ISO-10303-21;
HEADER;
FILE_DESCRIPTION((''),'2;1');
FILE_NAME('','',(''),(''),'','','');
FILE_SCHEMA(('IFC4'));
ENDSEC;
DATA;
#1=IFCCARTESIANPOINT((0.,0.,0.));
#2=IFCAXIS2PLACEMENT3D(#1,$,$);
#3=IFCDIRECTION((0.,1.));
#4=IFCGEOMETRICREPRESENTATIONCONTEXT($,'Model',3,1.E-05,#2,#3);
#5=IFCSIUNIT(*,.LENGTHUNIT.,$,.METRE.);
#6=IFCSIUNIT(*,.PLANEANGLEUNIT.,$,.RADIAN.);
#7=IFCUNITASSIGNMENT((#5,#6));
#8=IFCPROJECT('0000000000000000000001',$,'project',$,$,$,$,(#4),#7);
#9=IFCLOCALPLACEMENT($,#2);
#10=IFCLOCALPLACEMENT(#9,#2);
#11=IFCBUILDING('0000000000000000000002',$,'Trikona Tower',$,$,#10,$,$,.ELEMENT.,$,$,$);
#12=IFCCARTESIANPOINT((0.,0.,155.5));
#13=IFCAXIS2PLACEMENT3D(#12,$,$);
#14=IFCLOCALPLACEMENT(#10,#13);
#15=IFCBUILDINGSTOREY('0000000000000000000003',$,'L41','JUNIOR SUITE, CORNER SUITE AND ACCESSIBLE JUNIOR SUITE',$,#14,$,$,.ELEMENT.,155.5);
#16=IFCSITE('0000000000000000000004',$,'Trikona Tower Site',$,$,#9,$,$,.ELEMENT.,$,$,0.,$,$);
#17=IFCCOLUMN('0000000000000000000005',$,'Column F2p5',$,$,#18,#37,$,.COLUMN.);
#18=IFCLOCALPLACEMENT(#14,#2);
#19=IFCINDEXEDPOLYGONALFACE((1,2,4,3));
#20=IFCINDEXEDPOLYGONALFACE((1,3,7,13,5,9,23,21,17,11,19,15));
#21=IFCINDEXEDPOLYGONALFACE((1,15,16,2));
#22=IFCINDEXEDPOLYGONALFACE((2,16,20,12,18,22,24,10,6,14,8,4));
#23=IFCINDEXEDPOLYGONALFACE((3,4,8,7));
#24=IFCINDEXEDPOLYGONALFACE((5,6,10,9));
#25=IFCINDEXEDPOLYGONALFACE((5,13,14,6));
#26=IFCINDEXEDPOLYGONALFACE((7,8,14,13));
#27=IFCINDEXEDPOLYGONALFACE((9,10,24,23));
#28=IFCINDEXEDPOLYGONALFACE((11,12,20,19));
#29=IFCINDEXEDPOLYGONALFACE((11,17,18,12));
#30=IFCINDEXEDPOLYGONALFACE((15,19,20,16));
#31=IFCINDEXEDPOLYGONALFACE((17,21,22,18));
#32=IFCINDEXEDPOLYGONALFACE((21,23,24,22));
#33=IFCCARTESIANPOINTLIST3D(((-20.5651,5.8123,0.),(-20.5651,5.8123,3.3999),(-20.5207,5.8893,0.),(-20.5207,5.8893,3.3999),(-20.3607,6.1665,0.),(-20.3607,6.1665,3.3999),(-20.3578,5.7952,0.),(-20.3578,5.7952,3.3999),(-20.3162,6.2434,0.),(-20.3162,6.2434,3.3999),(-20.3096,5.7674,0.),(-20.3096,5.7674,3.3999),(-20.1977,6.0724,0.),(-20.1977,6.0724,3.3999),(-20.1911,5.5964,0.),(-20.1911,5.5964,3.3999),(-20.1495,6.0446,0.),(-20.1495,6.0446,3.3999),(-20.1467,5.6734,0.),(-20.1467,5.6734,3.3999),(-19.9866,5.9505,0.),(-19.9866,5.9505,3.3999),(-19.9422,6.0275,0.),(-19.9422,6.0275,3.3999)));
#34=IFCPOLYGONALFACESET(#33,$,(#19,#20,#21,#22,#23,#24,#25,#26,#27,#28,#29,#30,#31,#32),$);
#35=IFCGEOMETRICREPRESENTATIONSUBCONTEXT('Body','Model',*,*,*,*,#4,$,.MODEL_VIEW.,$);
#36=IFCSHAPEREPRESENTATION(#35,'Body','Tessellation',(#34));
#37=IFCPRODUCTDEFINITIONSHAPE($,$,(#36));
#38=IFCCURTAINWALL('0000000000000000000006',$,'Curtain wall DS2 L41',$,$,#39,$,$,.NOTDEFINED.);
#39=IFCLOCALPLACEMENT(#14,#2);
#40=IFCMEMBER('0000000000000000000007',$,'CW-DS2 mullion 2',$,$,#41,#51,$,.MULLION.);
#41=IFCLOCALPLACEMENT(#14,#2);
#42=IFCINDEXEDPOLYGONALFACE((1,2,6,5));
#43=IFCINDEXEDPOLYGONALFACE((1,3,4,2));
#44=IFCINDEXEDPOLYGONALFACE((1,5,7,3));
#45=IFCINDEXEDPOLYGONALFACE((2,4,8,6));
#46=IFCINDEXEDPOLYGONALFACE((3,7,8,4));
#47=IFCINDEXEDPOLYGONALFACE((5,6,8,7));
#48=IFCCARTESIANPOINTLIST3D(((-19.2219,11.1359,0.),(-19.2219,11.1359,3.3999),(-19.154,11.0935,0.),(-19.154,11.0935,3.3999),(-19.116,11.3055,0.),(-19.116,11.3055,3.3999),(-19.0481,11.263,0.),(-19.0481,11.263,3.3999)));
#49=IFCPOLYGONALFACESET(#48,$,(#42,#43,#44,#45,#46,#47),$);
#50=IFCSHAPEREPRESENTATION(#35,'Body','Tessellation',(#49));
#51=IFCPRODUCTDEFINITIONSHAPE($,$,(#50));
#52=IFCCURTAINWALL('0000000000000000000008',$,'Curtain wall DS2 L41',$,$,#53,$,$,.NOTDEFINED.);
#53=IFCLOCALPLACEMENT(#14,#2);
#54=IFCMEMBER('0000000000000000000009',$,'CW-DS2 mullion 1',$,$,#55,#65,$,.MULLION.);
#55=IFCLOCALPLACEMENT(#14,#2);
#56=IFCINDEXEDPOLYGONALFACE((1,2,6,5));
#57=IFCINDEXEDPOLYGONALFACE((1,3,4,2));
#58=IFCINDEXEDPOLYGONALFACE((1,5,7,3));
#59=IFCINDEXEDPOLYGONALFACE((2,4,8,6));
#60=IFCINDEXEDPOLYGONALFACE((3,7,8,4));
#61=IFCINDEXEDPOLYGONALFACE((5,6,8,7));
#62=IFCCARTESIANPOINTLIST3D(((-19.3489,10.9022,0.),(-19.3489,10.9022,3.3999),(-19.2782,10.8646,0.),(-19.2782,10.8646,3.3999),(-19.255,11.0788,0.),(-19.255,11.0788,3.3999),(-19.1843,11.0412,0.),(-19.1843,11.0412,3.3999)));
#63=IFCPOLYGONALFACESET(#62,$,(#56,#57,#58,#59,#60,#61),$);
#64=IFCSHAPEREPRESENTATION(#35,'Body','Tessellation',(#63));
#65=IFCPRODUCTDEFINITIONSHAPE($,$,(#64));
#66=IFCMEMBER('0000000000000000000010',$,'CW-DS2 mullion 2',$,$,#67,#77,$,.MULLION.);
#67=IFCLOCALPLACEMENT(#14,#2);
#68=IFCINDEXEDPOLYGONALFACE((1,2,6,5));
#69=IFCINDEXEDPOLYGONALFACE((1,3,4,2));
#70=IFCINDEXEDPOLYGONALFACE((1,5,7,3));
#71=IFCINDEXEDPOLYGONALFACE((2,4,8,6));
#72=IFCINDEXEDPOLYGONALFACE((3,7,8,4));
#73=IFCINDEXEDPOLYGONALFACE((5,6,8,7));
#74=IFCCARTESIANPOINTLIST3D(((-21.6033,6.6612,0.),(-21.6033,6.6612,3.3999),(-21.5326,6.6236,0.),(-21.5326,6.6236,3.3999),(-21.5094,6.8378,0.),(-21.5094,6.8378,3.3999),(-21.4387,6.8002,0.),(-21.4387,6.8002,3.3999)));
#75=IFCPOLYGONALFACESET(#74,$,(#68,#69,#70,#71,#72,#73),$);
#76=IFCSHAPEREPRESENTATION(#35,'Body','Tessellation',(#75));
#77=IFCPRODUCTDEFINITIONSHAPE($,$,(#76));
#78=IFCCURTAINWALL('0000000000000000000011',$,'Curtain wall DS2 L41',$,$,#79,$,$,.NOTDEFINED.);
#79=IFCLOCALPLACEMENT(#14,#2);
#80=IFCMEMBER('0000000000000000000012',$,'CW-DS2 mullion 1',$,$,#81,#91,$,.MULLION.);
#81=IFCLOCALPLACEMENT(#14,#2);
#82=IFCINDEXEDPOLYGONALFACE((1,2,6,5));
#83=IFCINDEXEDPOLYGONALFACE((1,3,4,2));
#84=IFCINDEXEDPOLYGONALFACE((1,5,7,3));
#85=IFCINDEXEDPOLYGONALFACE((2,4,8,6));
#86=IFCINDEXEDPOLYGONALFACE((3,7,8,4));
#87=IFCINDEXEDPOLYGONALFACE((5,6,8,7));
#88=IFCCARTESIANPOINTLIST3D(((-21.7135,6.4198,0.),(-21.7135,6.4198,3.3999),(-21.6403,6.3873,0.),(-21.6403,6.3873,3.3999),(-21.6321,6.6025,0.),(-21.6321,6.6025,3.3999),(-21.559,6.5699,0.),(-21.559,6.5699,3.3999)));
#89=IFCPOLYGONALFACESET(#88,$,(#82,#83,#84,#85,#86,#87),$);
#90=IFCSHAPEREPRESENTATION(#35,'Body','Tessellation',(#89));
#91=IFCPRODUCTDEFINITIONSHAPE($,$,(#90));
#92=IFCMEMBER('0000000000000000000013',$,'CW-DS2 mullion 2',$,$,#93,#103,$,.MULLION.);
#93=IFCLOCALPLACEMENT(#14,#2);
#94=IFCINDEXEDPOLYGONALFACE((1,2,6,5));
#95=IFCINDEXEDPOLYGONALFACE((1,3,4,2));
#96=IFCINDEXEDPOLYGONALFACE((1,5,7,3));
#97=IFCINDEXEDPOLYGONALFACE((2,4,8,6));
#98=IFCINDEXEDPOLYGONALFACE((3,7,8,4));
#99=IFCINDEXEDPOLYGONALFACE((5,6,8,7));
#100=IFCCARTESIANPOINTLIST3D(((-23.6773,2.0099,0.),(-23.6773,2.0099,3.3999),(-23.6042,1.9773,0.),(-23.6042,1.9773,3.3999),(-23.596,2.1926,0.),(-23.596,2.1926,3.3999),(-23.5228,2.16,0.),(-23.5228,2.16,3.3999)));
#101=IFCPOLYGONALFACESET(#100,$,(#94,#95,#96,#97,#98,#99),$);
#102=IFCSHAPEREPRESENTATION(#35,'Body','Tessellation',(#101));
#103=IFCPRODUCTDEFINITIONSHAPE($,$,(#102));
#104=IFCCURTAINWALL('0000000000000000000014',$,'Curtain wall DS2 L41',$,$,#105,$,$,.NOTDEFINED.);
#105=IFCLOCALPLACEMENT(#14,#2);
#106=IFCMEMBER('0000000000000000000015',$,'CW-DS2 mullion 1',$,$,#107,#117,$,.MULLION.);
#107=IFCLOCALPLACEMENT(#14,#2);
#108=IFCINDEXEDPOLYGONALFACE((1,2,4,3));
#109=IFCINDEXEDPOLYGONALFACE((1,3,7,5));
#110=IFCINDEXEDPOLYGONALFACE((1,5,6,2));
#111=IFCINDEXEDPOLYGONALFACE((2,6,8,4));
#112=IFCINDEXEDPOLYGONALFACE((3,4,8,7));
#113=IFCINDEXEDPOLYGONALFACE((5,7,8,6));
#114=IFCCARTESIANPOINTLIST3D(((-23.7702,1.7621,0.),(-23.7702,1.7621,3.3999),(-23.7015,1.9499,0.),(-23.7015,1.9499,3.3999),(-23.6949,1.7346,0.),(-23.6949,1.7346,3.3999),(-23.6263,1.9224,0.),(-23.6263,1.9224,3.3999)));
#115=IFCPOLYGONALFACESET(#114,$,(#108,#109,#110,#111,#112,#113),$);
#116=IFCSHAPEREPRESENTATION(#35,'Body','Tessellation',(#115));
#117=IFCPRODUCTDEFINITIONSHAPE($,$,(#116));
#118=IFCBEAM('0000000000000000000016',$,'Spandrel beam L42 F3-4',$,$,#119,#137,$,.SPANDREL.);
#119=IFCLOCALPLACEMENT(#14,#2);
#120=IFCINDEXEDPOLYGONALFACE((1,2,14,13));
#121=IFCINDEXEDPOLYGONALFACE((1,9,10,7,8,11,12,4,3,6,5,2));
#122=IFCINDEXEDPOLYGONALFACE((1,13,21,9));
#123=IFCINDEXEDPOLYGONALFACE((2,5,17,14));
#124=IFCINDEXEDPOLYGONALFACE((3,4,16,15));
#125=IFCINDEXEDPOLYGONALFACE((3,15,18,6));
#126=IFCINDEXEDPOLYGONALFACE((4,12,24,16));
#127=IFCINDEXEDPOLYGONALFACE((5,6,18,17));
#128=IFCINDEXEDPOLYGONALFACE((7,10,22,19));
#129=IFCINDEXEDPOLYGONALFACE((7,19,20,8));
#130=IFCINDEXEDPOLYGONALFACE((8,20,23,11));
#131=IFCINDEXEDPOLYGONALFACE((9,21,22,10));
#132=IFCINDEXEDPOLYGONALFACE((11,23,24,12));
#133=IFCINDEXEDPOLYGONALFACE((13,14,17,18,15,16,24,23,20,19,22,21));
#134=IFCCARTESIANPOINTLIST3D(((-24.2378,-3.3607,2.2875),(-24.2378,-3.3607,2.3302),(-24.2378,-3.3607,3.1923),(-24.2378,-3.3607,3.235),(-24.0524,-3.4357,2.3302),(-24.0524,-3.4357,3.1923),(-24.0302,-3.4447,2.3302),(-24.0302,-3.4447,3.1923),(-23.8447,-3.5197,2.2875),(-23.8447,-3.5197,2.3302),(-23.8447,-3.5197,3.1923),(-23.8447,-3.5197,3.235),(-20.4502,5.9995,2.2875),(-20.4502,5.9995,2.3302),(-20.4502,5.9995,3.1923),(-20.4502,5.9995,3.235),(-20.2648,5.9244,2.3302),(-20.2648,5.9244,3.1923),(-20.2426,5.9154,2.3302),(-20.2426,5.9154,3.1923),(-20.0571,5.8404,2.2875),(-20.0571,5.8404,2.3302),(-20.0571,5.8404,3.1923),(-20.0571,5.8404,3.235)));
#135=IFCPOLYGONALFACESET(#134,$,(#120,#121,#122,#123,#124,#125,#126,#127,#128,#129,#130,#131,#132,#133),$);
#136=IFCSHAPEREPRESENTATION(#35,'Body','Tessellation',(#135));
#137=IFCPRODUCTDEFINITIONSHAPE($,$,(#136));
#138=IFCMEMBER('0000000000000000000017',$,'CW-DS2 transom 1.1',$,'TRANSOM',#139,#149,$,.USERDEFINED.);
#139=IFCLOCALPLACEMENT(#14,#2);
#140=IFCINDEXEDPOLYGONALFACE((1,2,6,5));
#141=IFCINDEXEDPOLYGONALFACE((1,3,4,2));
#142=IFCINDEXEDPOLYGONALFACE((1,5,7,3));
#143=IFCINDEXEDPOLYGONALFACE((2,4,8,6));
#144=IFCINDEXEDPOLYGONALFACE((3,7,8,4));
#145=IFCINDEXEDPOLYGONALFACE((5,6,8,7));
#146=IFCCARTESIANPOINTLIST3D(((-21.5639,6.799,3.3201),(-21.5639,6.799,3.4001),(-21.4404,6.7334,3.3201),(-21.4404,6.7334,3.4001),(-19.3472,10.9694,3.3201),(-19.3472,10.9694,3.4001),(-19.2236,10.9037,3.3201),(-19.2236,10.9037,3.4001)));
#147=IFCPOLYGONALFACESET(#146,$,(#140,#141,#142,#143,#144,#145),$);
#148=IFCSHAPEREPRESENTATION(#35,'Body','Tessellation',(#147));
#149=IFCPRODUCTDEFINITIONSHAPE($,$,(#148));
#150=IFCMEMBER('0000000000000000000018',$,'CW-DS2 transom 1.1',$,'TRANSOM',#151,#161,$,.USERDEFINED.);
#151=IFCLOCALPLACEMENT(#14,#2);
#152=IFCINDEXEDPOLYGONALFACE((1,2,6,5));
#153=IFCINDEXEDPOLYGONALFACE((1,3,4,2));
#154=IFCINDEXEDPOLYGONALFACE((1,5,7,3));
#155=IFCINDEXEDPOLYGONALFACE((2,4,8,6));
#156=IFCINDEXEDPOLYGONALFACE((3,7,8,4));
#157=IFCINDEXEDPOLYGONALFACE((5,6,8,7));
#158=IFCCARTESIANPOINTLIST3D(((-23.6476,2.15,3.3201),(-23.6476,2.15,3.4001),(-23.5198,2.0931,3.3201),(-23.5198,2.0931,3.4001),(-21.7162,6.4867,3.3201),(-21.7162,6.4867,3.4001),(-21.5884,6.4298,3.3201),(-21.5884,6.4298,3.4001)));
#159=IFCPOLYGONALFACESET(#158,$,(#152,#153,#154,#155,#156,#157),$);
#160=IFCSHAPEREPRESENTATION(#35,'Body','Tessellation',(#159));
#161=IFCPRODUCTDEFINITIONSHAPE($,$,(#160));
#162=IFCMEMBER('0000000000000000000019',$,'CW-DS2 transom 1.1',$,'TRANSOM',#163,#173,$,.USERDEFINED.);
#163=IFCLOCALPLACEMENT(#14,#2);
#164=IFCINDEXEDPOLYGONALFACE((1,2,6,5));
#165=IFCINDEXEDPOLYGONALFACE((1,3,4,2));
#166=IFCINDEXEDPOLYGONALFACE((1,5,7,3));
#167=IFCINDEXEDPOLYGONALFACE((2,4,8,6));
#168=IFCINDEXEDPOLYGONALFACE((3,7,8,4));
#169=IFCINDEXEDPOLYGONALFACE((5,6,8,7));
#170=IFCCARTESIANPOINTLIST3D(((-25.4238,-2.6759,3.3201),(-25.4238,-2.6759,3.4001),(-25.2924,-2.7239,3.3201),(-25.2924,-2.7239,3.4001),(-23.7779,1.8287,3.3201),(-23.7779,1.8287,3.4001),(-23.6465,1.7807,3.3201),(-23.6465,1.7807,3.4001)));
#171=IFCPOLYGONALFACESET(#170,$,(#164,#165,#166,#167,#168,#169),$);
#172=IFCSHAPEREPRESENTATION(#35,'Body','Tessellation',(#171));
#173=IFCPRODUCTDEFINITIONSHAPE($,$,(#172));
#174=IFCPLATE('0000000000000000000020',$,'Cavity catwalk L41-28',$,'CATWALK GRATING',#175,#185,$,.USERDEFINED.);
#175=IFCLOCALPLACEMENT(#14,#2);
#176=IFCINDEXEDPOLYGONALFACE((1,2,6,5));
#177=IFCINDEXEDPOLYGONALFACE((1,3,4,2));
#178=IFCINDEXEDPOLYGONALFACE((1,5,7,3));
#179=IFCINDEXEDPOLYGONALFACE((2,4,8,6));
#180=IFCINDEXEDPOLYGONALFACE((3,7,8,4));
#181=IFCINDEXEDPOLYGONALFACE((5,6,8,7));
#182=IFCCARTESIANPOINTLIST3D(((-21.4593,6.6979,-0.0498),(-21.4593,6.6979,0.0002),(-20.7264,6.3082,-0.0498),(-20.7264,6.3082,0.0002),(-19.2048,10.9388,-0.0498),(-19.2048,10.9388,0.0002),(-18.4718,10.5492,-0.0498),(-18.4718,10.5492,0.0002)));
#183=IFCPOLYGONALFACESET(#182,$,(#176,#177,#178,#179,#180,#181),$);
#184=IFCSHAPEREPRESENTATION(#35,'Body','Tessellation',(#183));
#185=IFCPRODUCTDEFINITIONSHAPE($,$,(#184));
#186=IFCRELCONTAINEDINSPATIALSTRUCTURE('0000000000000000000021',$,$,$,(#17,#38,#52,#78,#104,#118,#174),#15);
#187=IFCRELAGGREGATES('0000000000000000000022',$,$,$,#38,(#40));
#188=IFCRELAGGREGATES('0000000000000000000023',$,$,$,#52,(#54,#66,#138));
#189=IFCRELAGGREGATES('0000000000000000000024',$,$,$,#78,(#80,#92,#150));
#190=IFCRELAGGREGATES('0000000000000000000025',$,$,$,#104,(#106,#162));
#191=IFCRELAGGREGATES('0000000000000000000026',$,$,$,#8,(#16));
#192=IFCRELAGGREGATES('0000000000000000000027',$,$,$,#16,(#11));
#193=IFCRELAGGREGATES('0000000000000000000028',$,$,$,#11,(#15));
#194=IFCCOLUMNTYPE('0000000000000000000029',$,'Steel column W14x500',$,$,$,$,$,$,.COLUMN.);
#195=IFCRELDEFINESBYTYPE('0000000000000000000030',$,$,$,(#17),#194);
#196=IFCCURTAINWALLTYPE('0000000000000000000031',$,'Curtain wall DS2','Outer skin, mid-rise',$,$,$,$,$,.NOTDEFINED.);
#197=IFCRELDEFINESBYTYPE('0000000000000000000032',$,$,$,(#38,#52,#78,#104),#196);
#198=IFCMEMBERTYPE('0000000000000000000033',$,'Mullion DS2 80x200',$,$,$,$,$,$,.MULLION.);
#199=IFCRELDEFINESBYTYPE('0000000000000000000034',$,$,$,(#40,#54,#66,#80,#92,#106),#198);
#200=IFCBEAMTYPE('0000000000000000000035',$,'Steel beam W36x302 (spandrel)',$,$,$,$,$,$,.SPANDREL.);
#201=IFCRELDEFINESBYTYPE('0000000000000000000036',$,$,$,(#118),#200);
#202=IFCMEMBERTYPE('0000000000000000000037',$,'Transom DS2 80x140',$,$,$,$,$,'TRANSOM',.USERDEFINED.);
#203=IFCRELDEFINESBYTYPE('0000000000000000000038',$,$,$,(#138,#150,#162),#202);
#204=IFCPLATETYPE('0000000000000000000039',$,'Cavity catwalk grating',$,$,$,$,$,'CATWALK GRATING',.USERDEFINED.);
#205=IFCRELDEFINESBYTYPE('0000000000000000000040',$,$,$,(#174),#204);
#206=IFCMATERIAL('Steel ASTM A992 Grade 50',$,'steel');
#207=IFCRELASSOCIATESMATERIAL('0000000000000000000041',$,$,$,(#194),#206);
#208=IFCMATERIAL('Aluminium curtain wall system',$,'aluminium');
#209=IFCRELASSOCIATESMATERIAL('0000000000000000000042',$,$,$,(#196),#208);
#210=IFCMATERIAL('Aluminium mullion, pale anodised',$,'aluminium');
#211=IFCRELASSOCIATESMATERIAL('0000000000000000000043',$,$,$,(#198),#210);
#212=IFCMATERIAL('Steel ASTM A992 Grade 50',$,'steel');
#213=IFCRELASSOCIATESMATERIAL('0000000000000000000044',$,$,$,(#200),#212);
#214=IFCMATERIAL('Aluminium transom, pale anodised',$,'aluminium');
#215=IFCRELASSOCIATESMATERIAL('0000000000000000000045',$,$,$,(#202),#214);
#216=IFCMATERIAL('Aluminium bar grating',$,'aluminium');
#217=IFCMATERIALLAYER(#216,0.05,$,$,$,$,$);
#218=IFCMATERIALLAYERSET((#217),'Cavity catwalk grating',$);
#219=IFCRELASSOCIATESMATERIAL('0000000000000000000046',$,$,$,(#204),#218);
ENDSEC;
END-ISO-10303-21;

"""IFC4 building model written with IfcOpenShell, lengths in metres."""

from ifc_helpers import new_model, si_unit, direction, frame, origin, origin_2d, place, context, subcontext, project, spatial, rectangle, i_section, extrude, material, layer, layer_set, material_profile, profile_set, type_object, element, aggregate, save


model = new_model("IFC4")

# Units and contexts
model_context = context("Model", 3, precision=1e-05, world=origin(), true_north=direction((0.0, 1.0)))
body_context = subcontext(model_context, "Body", "Model", "MODEL_VIEW")
ifc_project = project(units=[si_unit("LENGTHUNIT", "METRE"), si_unit("PLANEANGLEUNIT", "RADIAN")], contexts=[model_context])

# Site, building, storey
site_placement = place(None, origin())
site = spatial("IfcSite", under=ifc_project, at=site_placement, Name="Trikona Tower Site", CompositionType="ELEMENT", RefElevation=0.0)
building_placement = place(site_placement, origin())
building = spatial("IfcBuilding", under=site, at=building_placement, Name="Trikona Tower", CompositionType="ELEMENT")
storey_placement = place(building_placement, frame((0.0, 0.0, 155.5)))
storey = spatial("IfcBuildingStorey", under=building, at=storey_placement, Name="L41", Description="JUNIOR SUITE, CORNER SUITE AND ACCESSIBLE JUNIOR SUITE", CompositionType="ELEMENT", Elevation=155.5)

# Column
ifc_material_1 = material(Name="Steel ASTM A992 Grade 50", Category="steel")
ifc_material_profile_1 = material_profile(ifc_material_1, i_section(OverallWidth=0.4319, OverallDepth=0.4978, WebThickness=0.0557, FlangeThickness=0.0889, at=origin_2d()), Name="W14X500")
ifc_profile_set_1 = profile_set([ifc_material_profile_1], Name="Steel ASTM A992 Grade 50")
column_type = type_object("IfcColumnType", Name="Steel column W14x500", PredefinedType="COLUMN", material=ifc_profile_set_1)
column_placement = place(storey_placement, frame((-20.2537, 5.9199, 0.0), z_axis=(0.0, 0.0, 1.0), x_axis=(-0.866025, 0.5, 0.0)))
element("IfcColumn", 1, at=column_placement, inside=storey, type_object=column_type, Name="Column F2p5", PredefinedType="COLUMN", context=body_context, shape_type="SweptSolid", body=[
    extrude(i_section(OverallWidth=0.4319, OverallDepth=0.4978, WebThickness=0.0557, FlangeThickness=0.0889, at=origin_2d()), origin(), (0.0, 0.0, 1.0), 3.3999),
])

# Curtain wall, member
ifc_material_2 = material(Name="Aluminium curtain wall system", Category="aluminium")
curtain_wall_type = type_object("IfcCurtainWallType", Name="Curtain wall DS2", Description="Outer skin, mid-rise", PredefinedType="NOTDEFINED", material=ifc_material_2)
curtain_wall_1_placement = place(storey_placement, origin())
curtain_wall_1 = element("IfcCurtainWall", 2, at=curtain_wall_1_placement, inside=storey, type_object=curtain_wall_type, Name="Curtain wall DS2 L41", PredefinedType="NOTDEFINED")
ifc_material_3 = material(Name="Aluminium mullion, pale anodised", Category="aluminium")
ifc_material_profile_2 = material_profile(ifc_material_3, rectangle(XDim=0.0801, YDim=0.2, at=origin_2d()), Name="MUL-DS2")
ifc_profile_set_2 = profile_set([ifc_material_profile_2], Name="Aluminium mullion, pale anodised")
member_type_1 = type_object("IfcMemberType", Name="Mullion DS2 80x200", PredefinedType="MULLION", material=ifc_profile_set_2)
member_1_placement = place(storey_placement, frame((-19.135, 11.1995, 0.0), z_axis=(0.0, 0.0, 1.0), x_axis=(0.847998, -0.529999, 0.0)))
member_1 = element("IfcMember", 3, at=member_1_placement, type_object=member_type_1, Name="CW-DS2 mullion 2", PredefinedType="MULLION", context=body_context, shape_type="SweptSolid", body=[
    extrude(rectangle(XDim=0.0801, YDim=0.2, at=origin_2d()), origin(), (0.0, 0.0, 1.0), 3.3999),
])
aggregate(curtain_wall_1, [member_1])

# Curtain walls, members
curtain_wall_2_placement = place(storey_placement, origin())
curtain_wall_2 = element("IfcCurtainWall", 4, at=curtain_wall_2_placement, inside=storey, type_object=curtain_wall_type, Name="Curtain wall DS2 L41", PredefinedType="NOTDEFINED")
member_2_placement = place(storey_placement, frame((-19.2666, 10.9717, 0.0), z_axis=(0.0, 0.0, 1.0), x_axis=(0.882996, -0.46938, 0.0)))
member_2 = element("IfcMember", 5, at=member_2_placement, type_object=member_type_1, Name="CW-DS2 mullion 1", PredefinedType="MULLION", context=body_context, shape_type="SweptSolid", body=[
    extrude(rectangle(XDim=0.0801, YDim=0.2, at=origin_2d()), origin(), (0.0, 0.0, 1.0), 3.3999),
])
member_3_placement = place(storey_placement, frame((-21.521, 6.7307, 0.0), z_axis=(0.0, 0.0, 1.0), x_axis=(0.882996, -0.46938, 0.0)))
member_3 = element("IfcMember", 6, at=member_3_placement, type_object=member_type_1, Name="CW-DS2 mullion 2", PredefinedType="MULLION", context=body_context, shape_type="SweptSolid", body=[
    extrude(rectangle(XDim=0.0801, YDim=0.2, at=origin_2d()), origin(), (0.0, 0.0, 1.0), 3.3999),
])
curtain_wall_3_placement = place(storey_placement, origin())
curtain_wall_3 = element("IfcCurtainWall", 7, at=curtain_wall_3_placement, inside=storey, type_object=curtain_wall_type, Name="Curtain wall DS2 L41", PredefinedType="NOTDEFINED")
member_4_placement = place(storey_placement, frame((-21.6362, 6.4949, 0.0), z_axis=(0.0, 0.0, 1.0), x_axis=(0.913501, -0.406836, 0.0)))
member_4 = element("IfcMember", 8, at=member_4_placement, type_object=member_type_1, Name="CW-DS2 mullion 1", PredefinedType="MULLION", context=body_context, shape_type="SweptSolid", body=[
    extrude(rectangle(XDim=0.0801, YDim=0.2, at=origin_2d()), origin(), (0.0, 0.0, 1.0), 3.3999),
])
member_5_placement = place(storey_placement, frame((-23.6001, 2.085, 0.0), z_axis=(0.0, 0.0, 1.0), x_axis=(0.913501, -0.406836, 0.0)))
member_5 = element("IfcMember", 9, at=member_5_placement, type_object=member_type_1, Name="CW-DS2 mullion 2", PredefinedType="MULLION", context=body_context, shape_type="SweptSolid", body=[
    extrude(rectangle(XDim=0.0801, YDim=0.2, at=origin_2d()), origin(), (0.0, 0.0, 1.0), 3.3999),
])

# Curtain wall, member
curtain_wall_4_placement = place(storey_placement, origin())
curtain_wall_4 = element("IfcCurtainWall", 10, at=curtain_wall_4_placement, inside=storey, type_object=curtain_wall_type, Name="Curtain wall DS2 L41", PredefinedType="NOTDEFINED")
member_6_placement = place(storey_placement, frame((-23.6982, 1.8423, 0.0), z_axis=(0.0, 0.0, 1.0), x_axis=(0.939254, -0.343223, 0.0)))
member_6 = element("IfcMember", 11, at=member_6_placement, type_object=member_type_1, Name="CW-DS2 mullion 1", PredefinedType="MULLION", context=body_context, shape_type="SweptSolid", body=[
    extrude(rectangle(XDim=0.0801, YDim=0.2, at=origin_2d()), origin(), (0.0, 0.0, 1.0), 3.3999),
])

# Beam
ifc_material_4 = material(Name="Steel ASTM A992 Grade 50", Category="steel")
ifc_material_profile_3 = material_profile(ifc_material_4, i_section(OverallWidth=0.4241, OverallDepth=0.9475, WebThickness=0.0239, FlangeThickness=0.0427, at=origin_2d()), Name="W36X302")
ifc_profile_set_3 = profile_set([ifc_material_profile_3], Name="Steel ASTM A992 Grade 50")
beam_type = type_object("IfcBeamType", Name="Steel beam W36x302 (spandrel)", PredefinedType="SPANDREL", material=ifc_profile_set_3)
beam_placement = place(storey_placement, frame((-20.2537, 5.9199, 2.7612), z_axis=(-0.375106, -0.926982, 0.0), x_axis=(0.926982, -0.375106, 0.0)))
element("IfcBeam", 12, at=beam_placement, inside=storey, type_object=beam_type, Name="Spandrel beam L42 F3-4", PredefinedType="SPANDREL", context=body_context, shape_type="SweptSolid", body=[
    extrude(i_section(OverallWidth=0.4241, OverallDepth=0.9475, WebThickness=0.0239, FlangeThickness=0.0427, at=origin_2d()), origin(), (0.0, 0.0, 1.0), 10.0974),
])

# Members
ifc_material_5 = material(Name="Aluminium transom, pale anodised", Category="aluminium")
ifc_material_profile_4 = material_profile(ifc_material_5, rectangle(XDim=0.1399, YDim=0.0801, at=origin_2d()), Name="TRN-DS2")
ifc_profile_set_4 = profile_set([ifc_material_profile_4], Name="Aluminium transom, pale anodised")
member_type_2 = type_object("IfcMemberType", Name="Transom DS2 80x140", ElementType="TRANSOM", PredefinedType="USERDEFINED", material=ifc_profile_set_4)
member_7_placement = place(storey_placement, frame((-19.2854, 10.9365, 3.3601), z_axis=(-0.469364, -0.883005, 0.0), x_axis=(0.883005, -0.469364, 0.0)))
member_7 = element("IfcMember", 13, at=member_7_placement, type_object=member_type_2, Name="CW-DS2 transom 1.1", ObjectType="TRANSOM", PredefinedType="USERDEFINED", context=body_context, shape_type="SweptSolid", body=[
    extrude(rectangle(XDim=0.1399, YDim=0.0801, at=origin_2d()), origin(), (0.0, 0.0, 1.0), 4.7229),
])
member_8_placement = place(storey_placement, frame((-21.6523, 6.4583, 3.3601), z_axis=(-0.40684, -0.9135, 0.0), x_axis=(0.9135, -0.40684, 0.0)))
member_8 = element("IfcMember", 14, at=member_8_placement, type_object=member_type_2, Name="CW-DS2 transom 1.1", ObjectType="TRANSOM", PredefinedType="USERDEFINED", context=body_context, shape_type="SweptSolid", body=[
    extrude(rectangle(XDim=0.1399, YDim=0.0801, at=origin_2d()), origin(), (0.0, 0.0, 1.0), 4.7473),
])
member_9_placement = place(storey_placement, frame((-23.7122, 1.8047, 3.3601), z_axis=(-0.343206, -0.93926, 0.0), x_axis=(0.93926, -0.343206, 0.0)))
member_9 = element("IfcMember", 15, at=member_9_placement, type_object=member_type_2, Name="CW-DS2 transom 1.1", ObjectType="TRANSOM", PredefinedType="USERDEFINED", context=body_context, shape_type="SweptSolid", body=[
    extrude(rectangle(XDim=0.1399, YDim=0.0801, at=origin_2d()), origin(), (0.0, 0.0, 1.0), 4.7959),
])

# Plate
ifc_material_6 = material(Name="Aluminium bar grating", Category="aluminium")
ifc_layer_1 = layer(ifc_material_6, 0.05)
ifc_layer_set_1 = layer_set([ifc_layer_1], Name="Cavity catwalk grating")
plate_type_1 = type_object("IfcPlateType", Name="Cavity catwalk grating", ElementType="CATWALK GRATING", PredefinedType="USERDEFINED", material=ifc_layer_set_1)
plate_1_placement = place(storey_placement, frame((-19.9656, 8.6235, -0.0498), z_axis=(0.0, 0.0, 1.0), x_axis=(-0.469398, -0.882987, 0.0)))
element("IfcPlate", 16, at=plate_1_placement, inside=storey, type_object=plate_type_1, Name="Cavity catwalk L41-28", ObjectType="CATWALK GRATING", PredefinedType="USERDEFINED", context=body_context, shape_type="SweptSolid", body=[
    extrude(rectangle(XDim=4.803, YDim=0.8301, at=origin_2d()), origin(), (0.0, 0.0, 1.0), 0.05),
])

aggregate(curtain_wall_2, [member_2, member_3, member_7])
aggregate(curtain_wall_3, [member_4, member_5, member_8])
aggregate(curtain_wall_4, [member_6, member_9])

save(model, "model.ifc")
